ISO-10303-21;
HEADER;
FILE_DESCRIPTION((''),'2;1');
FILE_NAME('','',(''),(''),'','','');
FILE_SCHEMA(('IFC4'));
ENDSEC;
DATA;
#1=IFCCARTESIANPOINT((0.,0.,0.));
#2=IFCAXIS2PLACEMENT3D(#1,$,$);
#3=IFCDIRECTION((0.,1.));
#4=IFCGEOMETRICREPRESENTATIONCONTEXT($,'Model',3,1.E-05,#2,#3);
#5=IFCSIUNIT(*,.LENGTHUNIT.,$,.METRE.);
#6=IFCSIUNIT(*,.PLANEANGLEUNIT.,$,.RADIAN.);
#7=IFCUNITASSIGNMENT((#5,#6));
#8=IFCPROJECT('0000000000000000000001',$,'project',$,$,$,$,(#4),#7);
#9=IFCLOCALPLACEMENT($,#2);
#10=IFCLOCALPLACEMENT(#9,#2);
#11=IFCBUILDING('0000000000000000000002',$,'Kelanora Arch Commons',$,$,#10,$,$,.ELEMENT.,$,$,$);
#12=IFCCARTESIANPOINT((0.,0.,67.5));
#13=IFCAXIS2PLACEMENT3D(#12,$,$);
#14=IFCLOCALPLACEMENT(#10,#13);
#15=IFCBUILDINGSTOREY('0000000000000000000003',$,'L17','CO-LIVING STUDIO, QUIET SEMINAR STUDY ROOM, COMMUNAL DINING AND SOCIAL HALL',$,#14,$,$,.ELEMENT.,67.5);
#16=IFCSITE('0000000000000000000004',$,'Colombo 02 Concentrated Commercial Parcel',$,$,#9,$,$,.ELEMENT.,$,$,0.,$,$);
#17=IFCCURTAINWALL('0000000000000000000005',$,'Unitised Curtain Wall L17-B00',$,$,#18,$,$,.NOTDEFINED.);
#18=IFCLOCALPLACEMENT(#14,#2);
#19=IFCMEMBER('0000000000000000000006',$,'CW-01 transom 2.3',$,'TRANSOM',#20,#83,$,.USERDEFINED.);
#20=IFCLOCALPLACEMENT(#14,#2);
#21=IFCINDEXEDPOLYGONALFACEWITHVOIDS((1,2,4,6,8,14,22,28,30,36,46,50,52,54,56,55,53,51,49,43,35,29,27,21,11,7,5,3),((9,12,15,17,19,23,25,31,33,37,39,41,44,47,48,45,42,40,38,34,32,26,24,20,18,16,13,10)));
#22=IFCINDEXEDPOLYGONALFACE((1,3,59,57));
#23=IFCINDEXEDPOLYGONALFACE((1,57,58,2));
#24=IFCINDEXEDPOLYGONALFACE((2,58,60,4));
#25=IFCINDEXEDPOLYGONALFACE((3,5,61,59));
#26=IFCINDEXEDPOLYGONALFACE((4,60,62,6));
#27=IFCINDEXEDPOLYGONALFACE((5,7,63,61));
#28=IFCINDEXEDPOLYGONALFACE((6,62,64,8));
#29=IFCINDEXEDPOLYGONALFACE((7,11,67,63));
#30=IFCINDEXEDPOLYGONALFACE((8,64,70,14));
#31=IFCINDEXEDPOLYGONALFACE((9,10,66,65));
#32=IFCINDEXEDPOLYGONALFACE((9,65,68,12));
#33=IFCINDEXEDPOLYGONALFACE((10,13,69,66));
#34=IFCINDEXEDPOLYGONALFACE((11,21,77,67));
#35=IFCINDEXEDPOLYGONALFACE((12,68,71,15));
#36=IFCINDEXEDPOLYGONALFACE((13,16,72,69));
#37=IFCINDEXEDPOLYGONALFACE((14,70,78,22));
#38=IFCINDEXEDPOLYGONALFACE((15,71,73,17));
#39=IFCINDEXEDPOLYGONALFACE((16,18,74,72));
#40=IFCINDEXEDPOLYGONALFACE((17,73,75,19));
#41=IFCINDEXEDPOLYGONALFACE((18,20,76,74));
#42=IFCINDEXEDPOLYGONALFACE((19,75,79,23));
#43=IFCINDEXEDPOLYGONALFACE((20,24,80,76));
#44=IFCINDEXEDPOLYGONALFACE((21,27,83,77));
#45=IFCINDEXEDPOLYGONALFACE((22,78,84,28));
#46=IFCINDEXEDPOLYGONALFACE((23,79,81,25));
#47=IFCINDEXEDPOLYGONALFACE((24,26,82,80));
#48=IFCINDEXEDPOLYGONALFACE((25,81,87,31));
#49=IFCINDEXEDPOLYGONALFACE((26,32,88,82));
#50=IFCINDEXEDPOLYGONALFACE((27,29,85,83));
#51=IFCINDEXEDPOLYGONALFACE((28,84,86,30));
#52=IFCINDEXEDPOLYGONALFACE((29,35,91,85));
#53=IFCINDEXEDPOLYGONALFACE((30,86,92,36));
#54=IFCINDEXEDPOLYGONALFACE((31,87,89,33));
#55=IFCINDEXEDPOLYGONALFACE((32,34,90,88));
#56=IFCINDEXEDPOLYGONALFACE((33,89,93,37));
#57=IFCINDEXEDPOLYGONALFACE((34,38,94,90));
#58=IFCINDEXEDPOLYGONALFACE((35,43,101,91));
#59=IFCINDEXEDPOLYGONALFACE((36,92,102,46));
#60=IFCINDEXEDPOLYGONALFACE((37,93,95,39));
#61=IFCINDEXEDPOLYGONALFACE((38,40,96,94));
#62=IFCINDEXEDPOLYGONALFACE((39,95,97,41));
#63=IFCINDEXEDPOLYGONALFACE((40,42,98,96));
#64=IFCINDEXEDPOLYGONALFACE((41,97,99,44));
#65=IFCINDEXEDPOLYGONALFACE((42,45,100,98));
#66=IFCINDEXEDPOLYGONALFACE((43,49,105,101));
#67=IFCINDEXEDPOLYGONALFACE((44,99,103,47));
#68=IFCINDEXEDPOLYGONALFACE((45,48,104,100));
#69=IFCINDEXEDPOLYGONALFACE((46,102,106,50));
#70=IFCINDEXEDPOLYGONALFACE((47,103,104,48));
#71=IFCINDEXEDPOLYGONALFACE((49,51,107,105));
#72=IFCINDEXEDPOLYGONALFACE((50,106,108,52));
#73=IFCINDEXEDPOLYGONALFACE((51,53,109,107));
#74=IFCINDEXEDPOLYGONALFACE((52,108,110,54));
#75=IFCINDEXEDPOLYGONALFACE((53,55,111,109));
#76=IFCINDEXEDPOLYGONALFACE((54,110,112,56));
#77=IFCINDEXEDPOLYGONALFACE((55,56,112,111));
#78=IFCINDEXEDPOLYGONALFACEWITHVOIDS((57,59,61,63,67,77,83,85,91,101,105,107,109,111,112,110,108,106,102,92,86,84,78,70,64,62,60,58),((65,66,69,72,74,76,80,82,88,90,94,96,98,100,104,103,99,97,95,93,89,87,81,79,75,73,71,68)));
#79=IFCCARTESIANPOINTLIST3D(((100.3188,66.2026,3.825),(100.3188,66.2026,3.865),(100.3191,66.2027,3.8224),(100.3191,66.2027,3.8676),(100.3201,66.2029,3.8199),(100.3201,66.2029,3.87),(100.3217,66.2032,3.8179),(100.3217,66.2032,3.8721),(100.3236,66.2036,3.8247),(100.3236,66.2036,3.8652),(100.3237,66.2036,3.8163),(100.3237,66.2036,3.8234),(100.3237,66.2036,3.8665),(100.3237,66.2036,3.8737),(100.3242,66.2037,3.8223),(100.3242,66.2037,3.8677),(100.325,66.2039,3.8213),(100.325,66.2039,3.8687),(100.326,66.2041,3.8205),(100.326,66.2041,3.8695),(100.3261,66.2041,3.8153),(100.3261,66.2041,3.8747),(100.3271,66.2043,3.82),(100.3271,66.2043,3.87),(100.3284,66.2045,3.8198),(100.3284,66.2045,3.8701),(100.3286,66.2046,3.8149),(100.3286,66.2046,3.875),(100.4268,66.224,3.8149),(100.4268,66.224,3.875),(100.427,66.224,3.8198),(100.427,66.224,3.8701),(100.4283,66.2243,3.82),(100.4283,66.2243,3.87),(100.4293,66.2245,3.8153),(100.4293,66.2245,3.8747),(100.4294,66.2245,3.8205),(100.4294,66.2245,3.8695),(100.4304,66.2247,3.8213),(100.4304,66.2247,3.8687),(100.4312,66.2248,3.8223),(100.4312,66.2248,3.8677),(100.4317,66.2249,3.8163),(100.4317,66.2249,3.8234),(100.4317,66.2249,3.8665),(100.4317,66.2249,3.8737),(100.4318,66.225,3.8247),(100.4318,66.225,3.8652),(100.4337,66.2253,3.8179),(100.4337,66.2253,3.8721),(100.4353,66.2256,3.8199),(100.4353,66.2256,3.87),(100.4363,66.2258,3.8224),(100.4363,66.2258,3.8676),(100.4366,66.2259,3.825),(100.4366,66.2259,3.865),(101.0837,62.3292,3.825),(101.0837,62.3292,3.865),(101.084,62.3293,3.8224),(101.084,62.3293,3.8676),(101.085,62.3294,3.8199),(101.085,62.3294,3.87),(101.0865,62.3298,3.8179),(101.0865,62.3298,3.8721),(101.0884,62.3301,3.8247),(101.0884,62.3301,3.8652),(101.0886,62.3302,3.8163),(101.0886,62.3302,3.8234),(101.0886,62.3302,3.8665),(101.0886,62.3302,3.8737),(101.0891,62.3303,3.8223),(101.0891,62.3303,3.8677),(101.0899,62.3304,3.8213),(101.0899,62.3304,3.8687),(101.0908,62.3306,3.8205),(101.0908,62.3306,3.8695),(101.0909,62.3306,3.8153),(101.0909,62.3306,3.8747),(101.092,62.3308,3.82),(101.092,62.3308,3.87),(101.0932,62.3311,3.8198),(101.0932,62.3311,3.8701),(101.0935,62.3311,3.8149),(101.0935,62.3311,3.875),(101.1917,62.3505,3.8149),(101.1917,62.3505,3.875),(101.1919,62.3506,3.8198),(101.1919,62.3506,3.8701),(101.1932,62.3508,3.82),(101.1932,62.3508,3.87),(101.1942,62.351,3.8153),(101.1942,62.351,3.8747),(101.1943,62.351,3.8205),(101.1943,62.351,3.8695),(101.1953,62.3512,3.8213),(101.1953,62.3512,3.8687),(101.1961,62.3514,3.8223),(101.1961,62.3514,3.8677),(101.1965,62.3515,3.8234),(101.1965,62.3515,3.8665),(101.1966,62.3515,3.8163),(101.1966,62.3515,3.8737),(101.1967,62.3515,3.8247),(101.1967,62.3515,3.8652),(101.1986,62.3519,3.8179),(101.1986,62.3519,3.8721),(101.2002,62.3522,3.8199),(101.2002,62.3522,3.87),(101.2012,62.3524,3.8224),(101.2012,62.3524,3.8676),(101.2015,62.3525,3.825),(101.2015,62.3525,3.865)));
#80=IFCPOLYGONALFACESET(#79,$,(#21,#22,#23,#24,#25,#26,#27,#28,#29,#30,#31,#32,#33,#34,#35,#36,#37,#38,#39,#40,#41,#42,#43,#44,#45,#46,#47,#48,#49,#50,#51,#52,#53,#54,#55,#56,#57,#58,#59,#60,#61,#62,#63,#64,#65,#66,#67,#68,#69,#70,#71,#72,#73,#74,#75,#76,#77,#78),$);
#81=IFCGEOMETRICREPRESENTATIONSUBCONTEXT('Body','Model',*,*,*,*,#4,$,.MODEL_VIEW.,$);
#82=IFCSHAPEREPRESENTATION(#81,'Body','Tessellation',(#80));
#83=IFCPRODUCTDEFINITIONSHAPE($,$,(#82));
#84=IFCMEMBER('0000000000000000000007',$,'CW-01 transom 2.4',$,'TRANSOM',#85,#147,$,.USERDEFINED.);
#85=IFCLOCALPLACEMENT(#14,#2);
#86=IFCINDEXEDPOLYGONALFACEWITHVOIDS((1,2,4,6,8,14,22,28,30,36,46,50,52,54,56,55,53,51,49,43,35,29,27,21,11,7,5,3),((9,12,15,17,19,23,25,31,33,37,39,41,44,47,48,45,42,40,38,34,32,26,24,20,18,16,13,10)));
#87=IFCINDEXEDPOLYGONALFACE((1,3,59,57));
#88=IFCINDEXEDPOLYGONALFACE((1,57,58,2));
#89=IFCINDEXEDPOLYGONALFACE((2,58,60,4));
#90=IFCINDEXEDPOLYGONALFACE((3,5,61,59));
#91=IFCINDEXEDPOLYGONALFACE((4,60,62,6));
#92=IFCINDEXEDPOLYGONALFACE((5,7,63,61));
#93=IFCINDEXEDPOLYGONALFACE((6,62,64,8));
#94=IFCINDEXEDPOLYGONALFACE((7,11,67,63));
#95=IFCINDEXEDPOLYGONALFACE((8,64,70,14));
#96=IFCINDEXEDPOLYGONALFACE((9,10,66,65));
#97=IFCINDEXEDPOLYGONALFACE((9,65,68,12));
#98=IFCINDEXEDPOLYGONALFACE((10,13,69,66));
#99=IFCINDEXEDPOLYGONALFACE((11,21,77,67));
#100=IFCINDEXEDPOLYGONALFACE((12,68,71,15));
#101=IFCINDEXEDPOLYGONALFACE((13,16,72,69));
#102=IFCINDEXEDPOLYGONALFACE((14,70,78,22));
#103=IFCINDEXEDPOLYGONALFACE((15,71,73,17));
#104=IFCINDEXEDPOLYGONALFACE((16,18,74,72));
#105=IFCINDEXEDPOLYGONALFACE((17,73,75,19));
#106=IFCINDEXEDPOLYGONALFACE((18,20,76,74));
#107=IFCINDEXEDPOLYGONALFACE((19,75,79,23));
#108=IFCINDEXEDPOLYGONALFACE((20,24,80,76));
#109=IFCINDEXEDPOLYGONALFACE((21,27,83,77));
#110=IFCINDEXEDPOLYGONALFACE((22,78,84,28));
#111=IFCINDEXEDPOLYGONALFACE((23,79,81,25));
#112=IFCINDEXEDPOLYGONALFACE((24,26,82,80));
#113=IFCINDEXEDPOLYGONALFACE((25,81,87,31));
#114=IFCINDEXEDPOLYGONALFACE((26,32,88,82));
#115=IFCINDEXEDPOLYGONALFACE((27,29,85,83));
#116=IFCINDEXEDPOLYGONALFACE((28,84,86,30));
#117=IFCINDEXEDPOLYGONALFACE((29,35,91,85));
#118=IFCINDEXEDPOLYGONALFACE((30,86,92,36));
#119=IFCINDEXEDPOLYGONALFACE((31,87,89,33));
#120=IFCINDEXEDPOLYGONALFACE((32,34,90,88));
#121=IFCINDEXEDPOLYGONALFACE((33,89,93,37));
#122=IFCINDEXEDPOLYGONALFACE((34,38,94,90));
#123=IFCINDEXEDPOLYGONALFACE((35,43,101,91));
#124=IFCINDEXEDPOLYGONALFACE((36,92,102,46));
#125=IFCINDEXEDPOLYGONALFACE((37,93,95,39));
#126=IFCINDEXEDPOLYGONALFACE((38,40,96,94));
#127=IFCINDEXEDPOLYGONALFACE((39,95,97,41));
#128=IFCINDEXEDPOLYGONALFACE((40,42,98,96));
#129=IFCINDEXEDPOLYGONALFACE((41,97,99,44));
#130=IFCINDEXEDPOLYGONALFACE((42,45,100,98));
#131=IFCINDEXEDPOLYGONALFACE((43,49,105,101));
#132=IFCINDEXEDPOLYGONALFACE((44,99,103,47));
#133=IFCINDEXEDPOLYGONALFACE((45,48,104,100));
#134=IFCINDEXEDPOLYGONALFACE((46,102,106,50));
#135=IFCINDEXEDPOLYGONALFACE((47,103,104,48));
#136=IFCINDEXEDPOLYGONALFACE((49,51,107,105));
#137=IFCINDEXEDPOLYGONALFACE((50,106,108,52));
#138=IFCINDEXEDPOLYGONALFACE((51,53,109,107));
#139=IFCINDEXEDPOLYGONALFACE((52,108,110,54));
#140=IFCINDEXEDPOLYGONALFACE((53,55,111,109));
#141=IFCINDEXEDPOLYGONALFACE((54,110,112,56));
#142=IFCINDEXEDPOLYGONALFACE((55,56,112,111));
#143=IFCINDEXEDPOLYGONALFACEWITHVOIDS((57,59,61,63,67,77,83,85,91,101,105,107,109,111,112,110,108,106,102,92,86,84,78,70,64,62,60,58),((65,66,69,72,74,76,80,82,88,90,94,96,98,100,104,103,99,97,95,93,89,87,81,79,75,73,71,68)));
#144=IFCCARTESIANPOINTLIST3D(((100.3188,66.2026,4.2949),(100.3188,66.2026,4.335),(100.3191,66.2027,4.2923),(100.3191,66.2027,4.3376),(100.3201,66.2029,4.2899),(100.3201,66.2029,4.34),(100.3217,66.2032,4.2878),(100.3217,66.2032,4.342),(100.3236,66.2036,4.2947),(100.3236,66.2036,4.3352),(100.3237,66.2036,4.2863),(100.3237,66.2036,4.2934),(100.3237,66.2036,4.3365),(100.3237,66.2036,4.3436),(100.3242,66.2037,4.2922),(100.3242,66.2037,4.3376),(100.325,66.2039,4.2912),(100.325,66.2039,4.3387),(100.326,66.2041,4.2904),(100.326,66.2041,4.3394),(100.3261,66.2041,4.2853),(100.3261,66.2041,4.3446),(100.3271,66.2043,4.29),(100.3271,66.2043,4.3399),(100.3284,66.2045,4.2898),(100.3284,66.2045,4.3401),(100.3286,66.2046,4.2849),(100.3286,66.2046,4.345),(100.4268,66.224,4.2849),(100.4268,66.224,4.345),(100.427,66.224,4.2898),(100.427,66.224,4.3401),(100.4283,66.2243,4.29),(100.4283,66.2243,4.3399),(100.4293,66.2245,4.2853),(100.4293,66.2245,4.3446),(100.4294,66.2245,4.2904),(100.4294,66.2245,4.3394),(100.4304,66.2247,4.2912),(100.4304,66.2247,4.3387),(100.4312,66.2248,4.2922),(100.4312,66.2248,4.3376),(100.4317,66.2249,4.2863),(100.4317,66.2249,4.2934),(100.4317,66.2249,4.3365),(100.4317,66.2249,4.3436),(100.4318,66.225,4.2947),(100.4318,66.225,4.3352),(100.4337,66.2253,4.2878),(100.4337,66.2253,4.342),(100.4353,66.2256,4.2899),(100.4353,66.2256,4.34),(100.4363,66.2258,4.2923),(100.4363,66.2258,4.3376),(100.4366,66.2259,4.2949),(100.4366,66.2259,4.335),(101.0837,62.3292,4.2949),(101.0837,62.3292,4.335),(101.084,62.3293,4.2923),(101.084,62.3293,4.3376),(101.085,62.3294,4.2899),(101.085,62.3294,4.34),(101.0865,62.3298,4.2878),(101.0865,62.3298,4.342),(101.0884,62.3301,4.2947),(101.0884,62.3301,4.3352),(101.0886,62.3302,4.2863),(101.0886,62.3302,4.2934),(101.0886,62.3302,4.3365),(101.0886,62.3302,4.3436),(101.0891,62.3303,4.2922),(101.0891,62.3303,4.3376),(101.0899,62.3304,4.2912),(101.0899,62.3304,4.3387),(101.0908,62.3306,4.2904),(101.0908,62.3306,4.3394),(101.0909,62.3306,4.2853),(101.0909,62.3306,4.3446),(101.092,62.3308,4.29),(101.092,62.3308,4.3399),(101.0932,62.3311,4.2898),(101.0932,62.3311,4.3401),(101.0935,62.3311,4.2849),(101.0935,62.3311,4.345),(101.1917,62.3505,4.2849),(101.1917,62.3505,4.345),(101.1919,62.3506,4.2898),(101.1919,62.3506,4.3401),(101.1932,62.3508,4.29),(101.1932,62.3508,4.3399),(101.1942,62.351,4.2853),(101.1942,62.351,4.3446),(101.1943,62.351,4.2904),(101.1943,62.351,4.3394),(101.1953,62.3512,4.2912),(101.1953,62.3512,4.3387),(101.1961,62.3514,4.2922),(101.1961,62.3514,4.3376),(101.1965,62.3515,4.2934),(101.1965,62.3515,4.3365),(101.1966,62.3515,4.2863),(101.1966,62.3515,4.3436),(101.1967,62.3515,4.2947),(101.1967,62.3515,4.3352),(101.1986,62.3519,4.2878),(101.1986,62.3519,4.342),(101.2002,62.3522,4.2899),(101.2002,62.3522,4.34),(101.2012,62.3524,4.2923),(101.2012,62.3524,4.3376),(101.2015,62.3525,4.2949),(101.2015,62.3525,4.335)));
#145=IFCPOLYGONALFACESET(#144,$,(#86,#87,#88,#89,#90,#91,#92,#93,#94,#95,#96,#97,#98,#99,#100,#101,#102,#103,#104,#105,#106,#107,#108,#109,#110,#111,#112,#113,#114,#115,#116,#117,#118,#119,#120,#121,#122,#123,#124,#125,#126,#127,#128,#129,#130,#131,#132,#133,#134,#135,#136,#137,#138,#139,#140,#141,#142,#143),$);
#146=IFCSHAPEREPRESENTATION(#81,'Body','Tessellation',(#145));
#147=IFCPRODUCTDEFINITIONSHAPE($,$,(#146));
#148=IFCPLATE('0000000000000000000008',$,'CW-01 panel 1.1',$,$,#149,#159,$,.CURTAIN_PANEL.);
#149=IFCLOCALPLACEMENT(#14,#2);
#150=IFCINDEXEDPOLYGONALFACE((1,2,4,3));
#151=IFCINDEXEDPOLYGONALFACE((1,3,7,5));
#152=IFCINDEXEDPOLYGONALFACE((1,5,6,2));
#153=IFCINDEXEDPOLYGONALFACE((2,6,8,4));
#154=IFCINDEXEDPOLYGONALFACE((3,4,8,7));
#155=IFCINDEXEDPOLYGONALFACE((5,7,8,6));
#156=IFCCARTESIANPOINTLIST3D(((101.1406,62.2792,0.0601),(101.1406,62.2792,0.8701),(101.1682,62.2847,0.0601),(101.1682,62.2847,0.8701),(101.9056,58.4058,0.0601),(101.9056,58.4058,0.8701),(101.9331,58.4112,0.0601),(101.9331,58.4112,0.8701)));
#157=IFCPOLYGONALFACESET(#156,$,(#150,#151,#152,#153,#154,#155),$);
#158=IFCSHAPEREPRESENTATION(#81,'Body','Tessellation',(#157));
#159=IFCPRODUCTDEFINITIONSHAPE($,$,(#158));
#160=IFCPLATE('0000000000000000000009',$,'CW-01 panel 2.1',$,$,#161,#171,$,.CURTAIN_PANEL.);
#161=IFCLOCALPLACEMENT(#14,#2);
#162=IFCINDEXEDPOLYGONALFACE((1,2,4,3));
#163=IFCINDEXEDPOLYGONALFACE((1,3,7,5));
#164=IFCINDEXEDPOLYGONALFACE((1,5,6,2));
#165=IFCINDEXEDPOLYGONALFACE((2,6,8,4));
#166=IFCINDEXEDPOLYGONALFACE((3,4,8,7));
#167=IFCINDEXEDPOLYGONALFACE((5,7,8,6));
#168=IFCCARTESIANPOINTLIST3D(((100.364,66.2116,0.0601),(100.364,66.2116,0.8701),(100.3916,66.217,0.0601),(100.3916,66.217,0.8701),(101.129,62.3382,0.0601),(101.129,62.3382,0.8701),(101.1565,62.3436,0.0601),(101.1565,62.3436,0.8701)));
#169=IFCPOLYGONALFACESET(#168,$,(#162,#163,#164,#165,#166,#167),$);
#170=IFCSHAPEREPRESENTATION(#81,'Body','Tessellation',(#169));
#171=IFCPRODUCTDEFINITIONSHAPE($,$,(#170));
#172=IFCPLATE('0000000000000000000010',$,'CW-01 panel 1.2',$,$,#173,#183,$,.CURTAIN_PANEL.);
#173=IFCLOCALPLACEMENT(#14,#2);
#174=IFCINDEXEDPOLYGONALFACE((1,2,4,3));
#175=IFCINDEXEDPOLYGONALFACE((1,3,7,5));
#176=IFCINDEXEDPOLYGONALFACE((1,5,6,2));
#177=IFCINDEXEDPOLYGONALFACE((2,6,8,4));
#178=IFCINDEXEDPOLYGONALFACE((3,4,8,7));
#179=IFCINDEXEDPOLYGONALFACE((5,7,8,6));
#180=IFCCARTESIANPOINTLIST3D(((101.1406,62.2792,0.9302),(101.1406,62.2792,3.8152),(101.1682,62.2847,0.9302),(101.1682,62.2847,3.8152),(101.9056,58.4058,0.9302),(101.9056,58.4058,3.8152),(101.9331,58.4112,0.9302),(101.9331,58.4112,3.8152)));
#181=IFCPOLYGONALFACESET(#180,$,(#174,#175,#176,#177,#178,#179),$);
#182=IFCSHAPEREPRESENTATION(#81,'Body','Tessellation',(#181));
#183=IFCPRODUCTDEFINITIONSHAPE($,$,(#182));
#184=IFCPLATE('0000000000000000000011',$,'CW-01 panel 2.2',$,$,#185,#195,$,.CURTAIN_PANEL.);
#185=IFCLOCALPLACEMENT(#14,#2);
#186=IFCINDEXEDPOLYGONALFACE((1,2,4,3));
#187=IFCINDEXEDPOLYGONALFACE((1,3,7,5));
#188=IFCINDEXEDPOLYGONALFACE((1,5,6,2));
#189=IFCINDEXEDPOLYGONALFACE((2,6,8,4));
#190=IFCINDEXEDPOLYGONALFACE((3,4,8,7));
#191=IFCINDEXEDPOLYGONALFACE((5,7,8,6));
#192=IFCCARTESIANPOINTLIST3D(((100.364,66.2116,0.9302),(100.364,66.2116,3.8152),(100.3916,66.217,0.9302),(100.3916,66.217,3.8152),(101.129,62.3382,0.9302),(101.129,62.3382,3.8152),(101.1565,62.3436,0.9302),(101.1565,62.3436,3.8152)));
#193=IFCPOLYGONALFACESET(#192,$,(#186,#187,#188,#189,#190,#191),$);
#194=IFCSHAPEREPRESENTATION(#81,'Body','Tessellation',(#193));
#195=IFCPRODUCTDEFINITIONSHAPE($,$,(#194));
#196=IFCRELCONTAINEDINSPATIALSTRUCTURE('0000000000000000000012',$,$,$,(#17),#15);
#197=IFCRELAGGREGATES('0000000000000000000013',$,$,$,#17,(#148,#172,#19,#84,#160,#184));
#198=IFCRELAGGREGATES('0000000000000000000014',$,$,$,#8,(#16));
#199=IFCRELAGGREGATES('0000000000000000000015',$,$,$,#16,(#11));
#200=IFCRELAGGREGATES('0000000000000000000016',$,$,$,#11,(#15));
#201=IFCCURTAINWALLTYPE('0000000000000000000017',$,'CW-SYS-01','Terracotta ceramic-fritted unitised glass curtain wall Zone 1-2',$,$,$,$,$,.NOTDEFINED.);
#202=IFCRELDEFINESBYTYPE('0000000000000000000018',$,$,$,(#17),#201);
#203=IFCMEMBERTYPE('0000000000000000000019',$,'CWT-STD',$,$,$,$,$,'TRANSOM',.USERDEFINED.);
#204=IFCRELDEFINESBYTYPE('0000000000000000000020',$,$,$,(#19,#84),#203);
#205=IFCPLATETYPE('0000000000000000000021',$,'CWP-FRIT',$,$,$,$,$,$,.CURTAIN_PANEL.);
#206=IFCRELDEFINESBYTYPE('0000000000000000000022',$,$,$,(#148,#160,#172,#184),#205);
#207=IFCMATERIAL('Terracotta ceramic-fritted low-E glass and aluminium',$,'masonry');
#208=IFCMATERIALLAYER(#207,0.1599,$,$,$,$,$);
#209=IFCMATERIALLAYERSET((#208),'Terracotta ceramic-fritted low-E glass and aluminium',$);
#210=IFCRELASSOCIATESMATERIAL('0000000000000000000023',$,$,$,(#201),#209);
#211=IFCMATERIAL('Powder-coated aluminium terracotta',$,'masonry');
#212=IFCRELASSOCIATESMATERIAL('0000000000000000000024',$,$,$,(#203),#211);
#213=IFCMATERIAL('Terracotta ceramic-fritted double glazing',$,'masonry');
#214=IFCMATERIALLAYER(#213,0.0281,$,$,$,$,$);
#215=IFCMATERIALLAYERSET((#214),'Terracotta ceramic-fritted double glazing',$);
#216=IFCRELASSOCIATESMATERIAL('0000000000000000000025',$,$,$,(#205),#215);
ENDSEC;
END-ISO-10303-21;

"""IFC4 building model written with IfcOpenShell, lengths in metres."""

from ifc_helpers import new_model, si_unit, direction, frame, origin, origin_2d, place, context, subcontext, project, spatial, rectangle, hollow_rectangle, extrude, source, transform, mapped, material, layer, layer_set, material_profile, profile_set, type_object, element, aggregate, save


model = new_model("IFC4")

# Units and contexts
model_context = context("Model", 3, precision=1e-05, world=origin(), true_north=direction((0.0, 1.0)))
body_context = subcontext(model_context, "Body", "Model", "MODEL_VIEW")
ifc_project = project(units=[si_unit("LENGTHUNIT", "METRE"), si_unit("PLANEANGLEUNIT", "RADIAN")], contexts=[model_context])

# Site, building, storey
site_placement = place(None, origin())
site = spatial("IfcSite", under=ifc_project, at=site_placement, Name="Colombo 02 Concentrated Commercial Parcel", CompositionType="ELEMENT", RefElevation=0.0)
building_placement = place(site_placement, origin())
building = spatial("IfcBuilding", under=site, at=building_placement, Name="Kelanora Arch Commons", CompositionType="ELEMENT")
storey_placement = place(building_placement, frame((0.0, 0.0, 67.5)))
storey = spatial("IfcBuildingStorey", under=building, at=storey_placement, Name="L17", Description="CO-LIVING STUDIO, QUIET SEMINAR STUDY ROOM, COMMUNAL DINING AND SOCIAL HALL", CompositionType="ELEMENT", Elevation=67.5)

# Curtain wall, members, plates
ifc_material_1 = material(Name="Terracotta ceramic-fritted low-E glass and aluminium", Category="masonry")
ifc_layer_1 = layer(ifc_material_1, 0.1599)
ifc_layer_set_1 = layer_set([ifc_layer_1], Name="Terracotta ceramic-fritted low-E glass and aluminium")
curtain_wall_type = type_object("IfcCurtainWallType", Name="CW-SYS-01", Description="Terracotta ceramic-fritted unitised glass curtain wall Zone 1-2", PredefinedType="NOTDEFINED", material=ifc_layer_set_1)
curtain_wall_placement = place(storey_placement, origin())
curtain_wall = element("IfcCurtainWall", 1, at=curtain_wall_placement, inside=storey, type_object=curtain_wall_type, Name="Unitised Curtain Wall L17-B00", PredefinedType="NOTDEFINED")
ifc_material_2 = material(Name="Powder-coated aluminium terracotta", Category="masonry")
ifc_material_profile_1 = material_profile(ifc_material_2, hollow_rectangle(XDim=0.1201, YDim=0.0601, WallThickness=0.0049, InnerFilletRadius=0.0049, OuterFilletRadius=0.01, at=origin_2d()), Name="CWT120x60")
ifc_profile_set_1 = profile_set([ifc_material_profile_1], Name="Powder-coated aluminium terracotta")
member_type_1 = type_object("IfcMemberType", Name="CWT-STD", ElementType="TRANSOM", PredefinedType="USERDEFINED", material=ifc_profile_set_1)
member_1_placement = place(storey_placement, frame((101.1426, 62.3408, 3.845), z_axis=(-0.193725, 0.981056, 0.0), x_axis=(-0.981056, -0.193725, 0.0)))
member_1 = element("IfcMember", 2, at=member_1_placement, type_object=member_type_1, Name="CW-01 transom 2.3", ObjectType="TRANSOM", PredefinedType="USERDEFINED", context=body_context, shape_type="SweptSolid", body=[
    extrude(hollow_rectangle(XDim=0.1201, YDim=0.0601, WallThickness=0.0049, InnerFilletRadius=0.0049, OuterFilletRadius=0.01, at=origin_2d()), origin(), (0.0, 0.0, 1.0), 3.9482),
])
member_2_placement = place(storey_placement, frame((101.1426, 62.3408, 4.3149), z_axis=(-0.193725, 0.981056, 0.0), x_axis=(-0.981056, -0.193725, 0.0)))
member_2 = element("IfcMember", 3, at=member_2_placement, type_object=member_type_1, Name="CW-01 transom 2.4", ObjectType="TRANSOM", PredefinedType="USERDEFINED", context=body_context, shape_type="SweptSolid", body=[
    extrude(hollow_rectangle(XDim=0.1201, YDim=0.0601, WallThickness=0.0049, InnerFilletRadius=0.0049, OuterFilletRadius=0.01, at=origin_2d()), origin(), (0.0, 0.0, 1.0), 3.9482),
])
ifc_material_3 = material(Name="Terracotta ceramic-fritted double glazing", Category="masonry")
ifc_layer_2 = layer(ifc_material_3, 0.0281)
ifc_layer_set_2 = layer_set([ifc_layer_2], Name="Terracotta ceramic-fritted double glazing")
plate_type = type_object("IfcPlateType", Name="CWP-FRIT", PredefinedType="CURTAIN_PANEL", material=ifc_layer_set_2)
shared_shape_1 = source(origin(), body_context, "Body", "SweptSolid", [
    extrude(rectangle(XDim=3.9482, YDim=0.0281, at=origin_2d()), origin(), (0.0, 0.0, 1.0), 0.8101),
])
plate_1_placement = place(storey_placement, frame((101.5369, 60.3452, 0.0601), z_axis=(0.0, 0.0, 1.0), x_axis=(-0.193744, 0.981052, 0.0)))
plate_1 = element("IfcPlate", 4, at=plate_1_placement, type_object=plate_type, Name="CW-01 panel 1.1", PredefinedType="CURTAIN_PANEL", context=body_context, shape_type="MappedRepresentation", body=[
    mapped(shared_shape_1, transform((0.0, 0.0, 0.0), scale=1.0)),
])
plate_2_placement = place(storey_placement, frame((100.7603, 64.2776, 0.0601), z_axis=(0.0, 0.0, 1.0), x_axis=(-0.193744, 0.981052, 0.0)))
plate_2 = element("IfcPlate", 5, at=plate_2_placement, type_object=plate_type, Name="CW-01 panel 2.1", PredefinedType="CURTAIN_PANEL", context=body_context, shape_type="MappedRepresentation", body=[
    mapped(shared_shape_1, transform((0.0, 0.0, 0.0), scale=1.0)),
])
shared_shape_2 = source(origin(), body_context, "Body", "SweptSolid", [
    extrude(rectangle(XDim=3.9482, YDim=0.0281, at=origin_2d()), origin(), (0.0, 0.0, 1.0), 2.885),
])
plate_3_placement = place(storey_placement, frame((101.5369, 60.3452, 0.9302), z_axis=(0.0, 0.0, 1.0), x_axis=(-0.193744, 0.981052, 0.0)))
plate_3 = element("IfcPlate", 6, at=plate_3_placement, type_object=plate_type, Name="CW-01 panel 1.2", PredefinedType="CURTAIN_PANEL", context=body_context, shape_type="MappedRepresentation", body=[
    mapped(shared_shape_2, transform((0.0, 0.0, 0.0), scale=1.0)),
])
plate_4_placement = place(storey_placement, frame((100.7603, 64.2776, 0.9302), z_axis=(0.0, 0.0, 1.0), x_axis=(-0.193744, 0.981052, 0.0)))
plate_4 = element("IfcPlate", 7, at=plate_4_placement, type_object=plate_type, Name="CW-01 panel 2.2", PredefinedType="CURTAIN_PANEL", context=body_context, shape_type="MappedRepresentation", body=[
    mapped(shared_shape_2, transform((0.0, 0.0, 0.0), scale=1.0)),
])
aggregate(curtain_wall, [plate_1, plate_3, member_1, member_2, plate_2, plate_4])

save(model, "model.ifc")
